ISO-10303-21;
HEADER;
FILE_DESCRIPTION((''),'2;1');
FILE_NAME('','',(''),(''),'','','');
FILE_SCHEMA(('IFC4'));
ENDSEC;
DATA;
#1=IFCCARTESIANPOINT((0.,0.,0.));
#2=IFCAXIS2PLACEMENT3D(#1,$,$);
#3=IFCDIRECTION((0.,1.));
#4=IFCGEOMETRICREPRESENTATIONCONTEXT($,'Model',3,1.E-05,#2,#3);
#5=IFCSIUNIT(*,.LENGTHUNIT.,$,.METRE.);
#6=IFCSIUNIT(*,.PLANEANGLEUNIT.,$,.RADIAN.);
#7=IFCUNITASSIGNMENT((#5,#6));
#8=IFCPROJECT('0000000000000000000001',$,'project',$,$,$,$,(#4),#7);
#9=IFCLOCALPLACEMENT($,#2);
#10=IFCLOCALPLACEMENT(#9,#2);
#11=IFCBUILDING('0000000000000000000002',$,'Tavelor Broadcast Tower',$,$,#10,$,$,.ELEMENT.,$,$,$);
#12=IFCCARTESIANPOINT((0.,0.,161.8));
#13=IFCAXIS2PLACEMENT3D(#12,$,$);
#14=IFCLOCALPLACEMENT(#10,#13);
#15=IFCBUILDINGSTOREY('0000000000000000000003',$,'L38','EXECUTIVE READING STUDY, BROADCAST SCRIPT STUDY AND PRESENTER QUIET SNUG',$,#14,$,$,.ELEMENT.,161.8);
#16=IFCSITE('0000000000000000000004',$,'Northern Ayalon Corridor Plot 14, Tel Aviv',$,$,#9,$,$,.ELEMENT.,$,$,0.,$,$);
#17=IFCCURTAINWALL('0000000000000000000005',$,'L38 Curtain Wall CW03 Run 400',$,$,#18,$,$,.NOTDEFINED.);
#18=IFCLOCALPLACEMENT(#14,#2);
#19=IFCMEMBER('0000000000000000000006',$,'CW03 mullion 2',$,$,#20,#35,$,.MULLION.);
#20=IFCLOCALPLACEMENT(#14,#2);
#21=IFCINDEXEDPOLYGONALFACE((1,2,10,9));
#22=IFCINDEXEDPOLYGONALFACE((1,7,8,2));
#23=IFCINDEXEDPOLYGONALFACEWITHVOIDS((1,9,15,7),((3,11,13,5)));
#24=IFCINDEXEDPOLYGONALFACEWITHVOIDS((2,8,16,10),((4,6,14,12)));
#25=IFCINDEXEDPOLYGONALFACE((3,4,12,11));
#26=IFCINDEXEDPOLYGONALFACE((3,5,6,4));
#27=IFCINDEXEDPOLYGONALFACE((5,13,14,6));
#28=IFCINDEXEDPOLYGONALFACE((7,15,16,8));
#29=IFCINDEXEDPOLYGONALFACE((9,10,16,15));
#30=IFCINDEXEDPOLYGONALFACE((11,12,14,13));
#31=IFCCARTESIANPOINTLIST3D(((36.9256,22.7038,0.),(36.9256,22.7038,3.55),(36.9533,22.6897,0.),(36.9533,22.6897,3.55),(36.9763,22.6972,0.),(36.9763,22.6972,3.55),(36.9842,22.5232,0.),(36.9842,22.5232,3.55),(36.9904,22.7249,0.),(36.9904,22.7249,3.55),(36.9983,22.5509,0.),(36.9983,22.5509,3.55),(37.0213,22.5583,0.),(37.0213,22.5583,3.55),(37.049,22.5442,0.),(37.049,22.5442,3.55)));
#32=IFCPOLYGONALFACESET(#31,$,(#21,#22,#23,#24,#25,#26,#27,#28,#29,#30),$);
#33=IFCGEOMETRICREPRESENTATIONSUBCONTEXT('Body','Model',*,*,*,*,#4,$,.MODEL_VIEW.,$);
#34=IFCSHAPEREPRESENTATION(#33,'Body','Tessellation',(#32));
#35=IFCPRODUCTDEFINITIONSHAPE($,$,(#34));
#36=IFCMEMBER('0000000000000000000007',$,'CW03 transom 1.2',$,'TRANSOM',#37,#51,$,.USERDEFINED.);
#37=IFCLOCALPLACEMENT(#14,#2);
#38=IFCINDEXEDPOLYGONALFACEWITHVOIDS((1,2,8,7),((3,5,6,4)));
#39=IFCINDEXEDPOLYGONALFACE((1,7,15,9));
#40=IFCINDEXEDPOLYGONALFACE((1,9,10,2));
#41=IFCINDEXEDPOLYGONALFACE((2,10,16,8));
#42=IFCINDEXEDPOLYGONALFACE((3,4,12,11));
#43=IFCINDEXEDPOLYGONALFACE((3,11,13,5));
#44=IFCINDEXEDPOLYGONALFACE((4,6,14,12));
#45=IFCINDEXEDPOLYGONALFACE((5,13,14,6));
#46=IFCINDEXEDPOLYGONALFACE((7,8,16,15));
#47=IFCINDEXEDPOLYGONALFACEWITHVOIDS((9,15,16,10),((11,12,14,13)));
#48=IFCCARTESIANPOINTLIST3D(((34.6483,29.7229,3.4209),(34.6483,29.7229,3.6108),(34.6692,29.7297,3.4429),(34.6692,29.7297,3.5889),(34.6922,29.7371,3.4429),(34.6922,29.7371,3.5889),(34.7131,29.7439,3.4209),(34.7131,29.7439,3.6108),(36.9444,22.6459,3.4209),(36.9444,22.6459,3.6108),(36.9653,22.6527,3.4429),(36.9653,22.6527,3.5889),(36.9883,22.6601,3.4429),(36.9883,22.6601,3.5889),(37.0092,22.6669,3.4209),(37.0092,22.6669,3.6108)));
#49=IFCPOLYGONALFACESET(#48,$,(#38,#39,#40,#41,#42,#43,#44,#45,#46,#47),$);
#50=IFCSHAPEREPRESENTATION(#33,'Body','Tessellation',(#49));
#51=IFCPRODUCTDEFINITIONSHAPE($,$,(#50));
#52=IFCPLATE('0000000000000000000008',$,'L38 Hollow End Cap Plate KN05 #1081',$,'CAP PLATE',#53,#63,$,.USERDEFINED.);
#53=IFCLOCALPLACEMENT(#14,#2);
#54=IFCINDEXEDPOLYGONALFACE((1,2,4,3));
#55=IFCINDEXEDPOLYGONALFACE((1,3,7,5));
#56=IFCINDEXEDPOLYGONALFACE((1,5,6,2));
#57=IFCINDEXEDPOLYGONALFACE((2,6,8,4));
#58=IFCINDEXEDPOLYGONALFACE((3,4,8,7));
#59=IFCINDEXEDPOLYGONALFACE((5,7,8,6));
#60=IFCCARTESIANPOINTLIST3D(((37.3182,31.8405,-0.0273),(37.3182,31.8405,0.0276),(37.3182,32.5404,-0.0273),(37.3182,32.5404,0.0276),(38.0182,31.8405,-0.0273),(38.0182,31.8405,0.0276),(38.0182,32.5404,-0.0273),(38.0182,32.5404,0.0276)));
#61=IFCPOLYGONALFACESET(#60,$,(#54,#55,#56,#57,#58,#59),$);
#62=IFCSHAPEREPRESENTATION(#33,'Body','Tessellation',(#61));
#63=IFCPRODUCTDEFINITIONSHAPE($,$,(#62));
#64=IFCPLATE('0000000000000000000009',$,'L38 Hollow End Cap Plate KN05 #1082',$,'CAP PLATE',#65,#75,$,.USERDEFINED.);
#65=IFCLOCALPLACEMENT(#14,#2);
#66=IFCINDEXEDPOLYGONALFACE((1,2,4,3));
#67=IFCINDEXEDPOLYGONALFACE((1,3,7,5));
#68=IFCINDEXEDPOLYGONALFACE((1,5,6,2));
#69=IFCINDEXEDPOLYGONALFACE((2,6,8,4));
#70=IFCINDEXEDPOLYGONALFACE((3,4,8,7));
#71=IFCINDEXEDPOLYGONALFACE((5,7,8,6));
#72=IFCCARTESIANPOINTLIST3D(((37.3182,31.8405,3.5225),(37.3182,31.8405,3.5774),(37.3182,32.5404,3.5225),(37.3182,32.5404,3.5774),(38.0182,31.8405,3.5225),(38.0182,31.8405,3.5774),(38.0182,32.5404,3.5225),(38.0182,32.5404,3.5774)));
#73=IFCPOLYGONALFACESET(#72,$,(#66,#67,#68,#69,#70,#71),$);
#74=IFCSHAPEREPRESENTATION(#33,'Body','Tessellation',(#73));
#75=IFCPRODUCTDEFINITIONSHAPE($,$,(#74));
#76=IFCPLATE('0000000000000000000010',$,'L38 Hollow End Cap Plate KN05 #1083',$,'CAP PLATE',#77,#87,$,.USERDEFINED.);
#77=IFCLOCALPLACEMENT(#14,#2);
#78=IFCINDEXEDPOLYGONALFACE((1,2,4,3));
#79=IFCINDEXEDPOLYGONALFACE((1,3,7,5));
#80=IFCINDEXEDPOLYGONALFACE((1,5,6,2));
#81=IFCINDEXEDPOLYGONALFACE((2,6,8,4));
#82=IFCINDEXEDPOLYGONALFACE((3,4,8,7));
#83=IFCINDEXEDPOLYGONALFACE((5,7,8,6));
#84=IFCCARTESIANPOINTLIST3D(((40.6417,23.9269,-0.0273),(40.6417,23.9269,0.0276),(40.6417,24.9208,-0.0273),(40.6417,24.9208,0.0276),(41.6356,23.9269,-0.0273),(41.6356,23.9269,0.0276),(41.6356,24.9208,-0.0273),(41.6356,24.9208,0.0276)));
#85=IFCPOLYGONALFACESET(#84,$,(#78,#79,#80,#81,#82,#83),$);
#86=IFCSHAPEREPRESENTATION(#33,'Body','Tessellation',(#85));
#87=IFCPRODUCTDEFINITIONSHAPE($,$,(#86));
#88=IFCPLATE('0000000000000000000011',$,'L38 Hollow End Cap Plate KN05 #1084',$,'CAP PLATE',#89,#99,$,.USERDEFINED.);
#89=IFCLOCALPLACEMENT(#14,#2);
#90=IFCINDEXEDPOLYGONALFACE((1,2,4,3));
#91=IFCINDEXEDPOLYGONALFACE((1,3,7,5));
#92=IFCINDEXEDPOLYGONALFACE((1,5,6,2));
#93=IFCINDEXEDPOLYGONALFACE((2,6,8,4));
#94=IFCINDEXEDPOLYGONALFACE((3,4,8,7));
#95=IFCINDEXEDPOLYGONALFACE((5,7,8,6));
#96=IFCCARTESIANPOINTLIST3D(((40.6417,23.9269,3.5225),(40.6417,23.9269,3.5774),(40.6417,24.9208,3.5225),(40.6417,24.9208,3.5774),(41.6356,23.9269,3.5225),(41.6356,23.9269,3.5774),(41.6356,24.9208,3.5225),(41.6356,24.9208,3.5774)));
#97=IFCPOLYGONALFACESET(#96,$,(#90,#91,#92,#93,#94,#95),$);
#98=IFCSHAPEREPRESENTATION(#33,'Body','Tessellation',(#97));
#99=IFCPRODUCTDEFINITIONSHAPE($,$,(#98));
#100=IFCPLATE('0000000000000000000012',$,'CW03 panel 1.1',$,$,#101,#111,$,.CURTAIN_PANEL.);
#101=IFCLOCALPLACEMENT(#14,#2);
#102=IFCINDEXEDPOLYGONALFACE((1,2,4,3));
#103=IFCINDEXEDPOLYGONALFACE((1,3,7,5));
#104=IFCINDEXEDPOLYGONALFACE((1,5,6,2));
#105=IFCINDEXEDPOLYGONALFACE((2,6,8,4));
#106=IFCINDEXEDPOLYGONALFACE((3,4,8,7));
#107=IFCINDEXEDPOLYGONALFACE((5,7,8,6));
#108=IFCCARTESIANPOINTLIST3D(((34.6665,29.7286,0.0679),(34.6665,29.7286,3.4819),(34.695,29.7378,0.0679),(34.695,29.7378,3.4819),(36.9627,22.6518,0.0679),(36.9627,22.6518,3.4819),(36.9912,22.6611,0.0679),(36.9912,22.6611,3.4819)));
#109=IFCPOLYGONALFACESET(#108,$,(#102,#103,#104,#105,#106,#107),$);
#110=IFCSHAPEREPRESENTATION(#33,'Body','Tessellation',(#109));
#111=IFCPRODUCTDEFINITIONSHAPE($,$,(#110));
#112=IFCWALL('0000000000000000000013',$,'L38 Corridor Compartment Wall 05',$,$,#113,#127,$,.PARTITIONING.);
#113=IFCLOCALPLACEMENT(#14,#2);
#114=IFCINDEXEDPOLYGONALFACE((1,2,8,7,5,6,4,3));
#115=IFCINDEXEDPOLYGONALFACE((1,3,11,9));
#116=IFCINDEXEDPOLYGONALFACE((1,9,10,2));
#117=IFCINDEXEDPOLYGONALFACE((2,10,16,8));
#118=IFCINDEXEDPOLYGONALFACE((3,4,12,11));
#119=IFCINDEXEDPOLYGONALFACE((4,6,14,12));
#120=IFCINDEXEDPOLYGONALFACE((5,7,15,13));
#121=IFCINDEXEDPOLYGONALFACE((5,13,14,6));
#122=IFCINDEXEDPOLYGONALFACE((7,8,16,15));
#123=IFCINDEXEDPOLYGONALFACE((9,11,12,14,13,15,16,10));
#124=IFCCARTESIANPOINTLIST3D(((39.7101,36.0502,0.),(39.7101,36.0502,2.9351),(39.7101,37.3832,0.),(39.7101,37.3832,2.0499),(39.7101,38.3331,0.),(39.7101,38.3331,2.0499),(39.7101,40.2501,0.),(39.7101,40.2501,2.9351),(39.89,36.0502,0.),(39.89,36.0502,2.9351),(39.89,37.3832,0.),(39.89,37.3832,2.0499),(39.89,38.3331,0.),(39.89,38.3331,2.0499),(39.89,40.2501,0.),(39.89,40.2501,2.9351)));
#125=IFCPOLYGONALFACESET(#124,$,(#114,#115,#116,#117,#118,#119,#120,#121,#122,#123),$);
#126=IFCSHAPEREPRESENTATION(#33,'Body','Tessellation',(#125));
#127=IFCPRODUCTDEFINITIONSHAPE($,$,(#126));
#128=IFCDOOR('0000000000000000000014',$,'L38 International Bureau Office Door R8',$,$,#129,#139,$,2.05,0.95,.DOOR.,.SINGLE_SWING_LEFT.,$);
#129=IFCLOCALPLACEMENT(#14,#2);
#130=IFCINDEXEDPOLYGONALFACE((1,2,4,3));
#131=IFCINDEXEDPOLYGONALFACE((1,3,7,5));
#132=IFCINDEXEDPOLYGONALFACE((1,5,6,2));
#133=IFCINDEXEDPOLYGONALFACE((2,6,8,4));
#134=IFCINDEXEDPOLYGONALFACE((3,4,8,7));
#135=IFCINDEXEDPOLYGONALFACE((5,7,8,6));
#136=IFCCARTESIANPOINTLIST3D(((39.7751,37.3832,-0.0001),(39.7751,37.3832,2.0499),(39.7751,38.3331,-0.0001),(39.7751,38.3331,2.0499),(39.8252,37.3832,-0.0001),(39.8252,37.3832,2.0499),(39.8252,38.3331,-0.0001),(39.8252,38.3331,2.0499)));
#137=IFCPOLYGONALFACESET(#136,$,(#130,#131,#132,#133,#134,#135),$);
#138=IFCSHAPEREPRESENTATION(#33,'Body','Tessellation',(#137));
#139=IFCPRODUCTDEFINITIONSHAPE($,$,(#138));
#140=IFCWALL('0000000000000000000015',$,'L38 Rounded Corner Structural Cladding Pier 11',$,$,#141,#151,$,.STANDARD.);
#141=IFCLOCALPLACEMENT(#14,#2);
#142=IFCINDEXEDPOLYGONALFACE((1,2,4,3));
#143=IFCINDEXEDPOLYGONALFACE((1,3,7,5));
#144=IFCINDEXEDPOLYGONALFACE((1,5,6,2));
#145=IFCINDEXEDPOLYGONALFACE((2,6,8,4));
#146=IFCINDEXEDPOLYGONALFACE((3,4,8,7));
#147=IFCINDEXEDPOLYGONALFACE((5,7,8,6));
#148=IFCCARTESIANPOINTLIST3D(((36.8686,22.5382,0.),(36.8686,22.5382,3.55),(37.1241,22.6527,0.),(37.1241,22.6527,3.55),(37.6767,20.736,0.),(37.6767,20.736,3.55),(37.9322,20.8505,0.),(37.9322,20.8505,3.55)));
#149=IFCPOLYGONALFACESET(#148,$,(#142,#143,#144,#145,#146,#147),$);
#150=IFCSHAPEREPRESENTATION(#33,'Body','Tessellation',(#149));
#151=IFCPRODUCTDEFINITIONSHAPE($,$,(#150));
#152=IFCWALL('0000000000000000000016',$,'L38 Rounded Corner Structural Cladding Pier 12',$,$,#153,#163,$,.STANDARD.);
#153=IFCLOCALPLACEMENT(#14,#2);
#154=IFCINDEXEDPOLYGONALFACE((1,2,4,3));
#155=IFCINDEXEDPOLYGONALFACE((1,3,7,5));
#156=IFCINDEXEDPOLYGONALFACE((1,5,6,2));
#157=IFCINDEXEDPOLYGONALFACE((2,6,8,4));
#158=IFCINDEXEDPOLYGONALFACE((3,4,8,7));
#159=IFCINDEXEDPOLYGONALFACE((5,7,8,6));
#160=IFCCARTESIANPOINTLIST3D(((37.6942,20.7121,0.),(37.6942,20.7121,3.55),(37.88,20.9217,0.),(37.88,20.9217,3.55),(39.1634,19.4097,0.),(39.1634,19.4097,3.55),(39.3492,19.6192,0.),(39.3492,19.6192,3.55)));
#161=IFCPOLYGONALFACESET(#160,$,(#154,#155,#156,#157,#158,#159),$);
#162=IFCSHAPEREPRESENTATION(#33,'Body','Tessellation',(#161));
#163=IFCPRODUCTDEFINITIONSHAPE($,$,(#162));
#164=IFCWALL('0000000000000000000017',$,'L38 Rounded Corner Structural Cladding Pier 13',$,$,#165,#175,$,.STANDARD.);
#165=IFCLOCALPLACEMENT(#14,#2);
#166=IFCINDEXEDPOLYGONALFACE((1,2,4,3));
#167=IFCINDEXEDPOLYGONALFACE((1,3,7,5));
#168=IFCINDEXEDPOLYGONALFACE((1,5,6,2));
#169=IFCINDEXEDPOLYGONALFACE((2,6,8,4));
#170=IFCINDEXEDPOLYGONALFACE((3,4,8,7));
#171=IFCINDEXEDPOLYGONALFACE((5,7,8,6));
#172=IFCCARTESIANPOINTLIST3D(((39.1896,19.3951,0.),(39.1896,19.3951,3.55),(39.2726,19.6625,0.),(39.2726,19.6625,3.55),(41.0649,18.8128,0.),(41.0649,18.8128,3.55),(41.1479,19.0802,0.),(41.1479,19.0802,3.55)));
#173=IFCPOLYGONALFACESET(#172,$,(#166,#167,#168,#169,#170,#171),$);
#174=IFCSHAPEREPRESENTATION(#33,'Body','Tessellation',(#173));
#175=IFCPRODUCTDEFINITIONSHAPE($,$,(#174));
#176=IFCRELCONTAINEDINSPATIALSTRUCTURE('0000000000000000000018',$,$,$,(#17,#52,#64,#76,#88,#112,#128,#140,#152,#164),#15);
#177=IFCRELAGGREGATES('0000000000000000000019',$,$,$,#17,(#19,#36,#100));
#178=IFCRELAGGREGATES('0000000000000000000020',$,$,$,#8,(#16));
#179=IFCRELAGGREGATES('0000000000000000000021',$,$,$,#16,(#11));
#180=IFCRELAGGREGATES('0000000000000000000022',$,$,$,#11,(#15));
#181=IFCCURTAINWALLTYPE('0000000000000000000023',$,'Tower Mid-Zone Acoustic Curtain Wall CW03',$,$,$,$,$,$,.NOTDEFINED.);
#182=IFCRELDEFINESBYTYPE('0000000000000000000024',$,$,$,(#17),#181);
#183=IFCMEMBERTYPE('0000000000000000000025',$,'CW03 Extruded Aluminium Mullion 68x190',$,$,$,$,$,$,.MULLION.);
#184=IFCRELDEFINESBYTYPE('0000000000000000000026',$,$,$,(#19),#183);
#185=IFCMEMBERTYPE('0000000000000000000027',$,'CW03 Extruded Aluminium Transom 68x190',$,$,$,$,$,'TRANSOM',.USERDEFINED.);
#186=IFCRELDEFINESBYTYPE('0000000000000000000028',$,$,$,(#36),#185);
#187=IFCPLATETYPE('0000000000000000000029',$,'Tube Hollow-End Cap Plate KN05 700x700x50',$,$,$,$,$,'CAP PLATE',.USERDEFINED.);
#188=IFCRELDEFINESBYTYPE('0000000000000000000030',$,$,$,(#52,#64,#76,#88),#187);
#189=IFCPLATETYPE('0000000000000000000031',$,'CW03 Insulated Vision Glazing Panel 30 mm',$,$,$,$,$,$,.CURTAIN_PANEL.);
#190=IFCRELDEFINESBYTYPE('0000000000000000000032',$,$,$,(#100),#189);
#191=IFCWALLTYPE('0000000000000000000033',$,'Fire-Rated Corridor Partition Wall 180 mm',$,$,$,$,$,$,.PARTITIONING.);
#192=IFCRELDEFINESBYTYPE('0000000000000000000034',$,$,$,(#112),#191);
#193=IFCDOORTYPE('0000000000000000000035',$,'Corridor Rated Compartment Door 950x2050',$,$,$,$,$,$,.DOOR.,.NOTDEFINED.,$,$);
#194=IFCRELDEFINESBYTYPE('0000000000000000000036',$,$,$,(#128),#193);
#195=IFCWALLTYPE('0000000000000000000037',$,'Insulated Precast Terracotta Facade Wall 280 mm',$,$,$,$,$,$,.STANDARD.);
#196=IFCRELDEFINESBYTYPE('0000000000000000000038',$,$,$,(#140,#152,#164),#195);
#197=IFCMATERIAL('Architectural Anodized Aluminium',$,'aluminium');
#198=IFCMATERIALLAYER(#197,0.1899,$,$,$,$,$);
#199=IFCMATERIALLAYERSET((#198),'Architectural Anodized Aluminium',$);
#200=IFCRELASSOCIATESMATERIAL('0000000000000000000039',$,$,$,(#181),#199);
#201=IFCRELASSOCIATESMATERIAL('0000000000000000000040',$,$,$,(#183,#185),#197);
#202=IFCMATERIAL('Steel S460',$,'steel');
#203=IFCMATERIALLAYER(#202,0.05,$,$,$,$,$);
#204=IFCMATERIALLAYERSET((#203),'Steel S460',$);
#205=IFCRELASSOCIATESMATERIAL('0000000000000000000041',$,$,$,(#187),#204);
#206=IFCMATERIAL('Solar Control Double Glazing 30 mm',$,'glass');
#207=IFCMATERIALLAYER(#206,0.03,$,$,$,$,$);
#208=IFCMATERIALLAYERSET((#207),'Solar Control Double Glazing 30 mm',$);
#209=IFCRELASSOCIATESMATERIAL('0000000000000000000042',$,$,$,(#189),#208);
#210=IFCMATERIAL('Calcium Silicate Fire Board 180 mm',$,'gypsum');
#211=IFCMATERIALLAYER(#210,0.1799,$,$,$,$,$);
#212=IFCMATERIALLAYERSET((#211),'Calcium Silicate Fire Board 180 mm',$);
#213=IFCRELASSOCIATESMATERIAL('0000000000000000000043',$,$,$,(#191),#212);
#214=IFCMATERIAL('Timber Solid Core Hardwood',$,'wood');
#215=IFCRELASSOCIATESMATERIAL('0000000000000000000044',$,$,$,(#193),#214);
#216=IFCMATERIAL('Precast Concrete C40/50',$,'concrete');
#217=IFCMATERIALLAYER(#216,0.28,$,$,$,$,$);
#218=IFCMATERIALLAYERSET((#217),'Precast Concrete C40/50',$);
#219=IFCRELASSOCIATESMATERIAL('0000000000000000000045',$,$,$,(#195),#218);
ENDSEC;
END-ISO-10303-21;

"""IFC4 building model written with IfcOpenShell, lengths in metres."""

from ifc_helpers import new_model, si_unit, direction, frame, frame_2d, origin, origin_2d, place, context, subcontext, project, spatial, rectangle, hollow_rectangle, extrude, source, transform, mapped, material, layer, layer_set, material_profile, profile_set, type_object, type_shapes, element, fill, aggregate, save


model = new_model("IFC4")

# Units and contexts
model_context = context("Model", 3, precision=1e-05, world=origin(), true_north=direction((0.0, 1.0)))
body_context = subcontext(model_context, "Body", "Model", "MODEL_VIEW")
ifc_project = project(units=[si_unit("LENGTHUNIT", "METRE"), si_unit("PLANEANGLEUNIT", "RADIAN")], contexts=[model_context])

# Site, building, storey
site_placement = place(None, origin())
site = spatial("IfcSite", under=ifc_project, at=site_placement, Name="Northern Ayalon Corridor Plot 14, Tel Aviv", CompositionType="ELEMENT", RefElevation=0.0)
building_placement = place(site_placement, origin())
building = spatial("IfcBuilding", under=site, at=building_placement, Name="Tavelor Broadcast Tower", CompositionType="ELEMENT")
storey_placement = place(building_placement, frame((0.0, 0.0, 161.8)))
storey = spatial("IfcBuildingStorey", under=building, at=storey_placement, Name="L38", Description="EXECUTIVE READING STUDY, BROADCAST SCRIPT STUDY AND PRESENTER QUIET SNUG", CompositionType="ELEMENT", Elevation=161.8)

# Shared definitions
ifc_material_1 = material(Name="Steel S460", Category="steel")

# Curtain wall, members
ifc_material_2 = material(Name="Architectural Anodized Aluminium", Category="aluminium")
ifc_layer_1 = layer(ifc_material_2, 0.1899)
ifc_layer_set_1 = layer_set([ifc_layer_1], Name="Architectural Anodized Aluminium")
curtain_wall_type = type_object("IfcCurtainWallType", Name="Tower Mid-Zone Acoustic Curtain Wall CW03", PredefinedType="NOTDEFINED", material=ifc_layer_set_1)
curtain_wall_placement = place(storey_placement, origin())
curtain_wall = element("IfcCurtainWall", 1, at=curtain_wall_placement, inside=storey, type_object=curtain_wall_type, Name="L38 Curtain Wall CW03 Run 400", PredefinedType="NOTDEFINED")
ifc_material_profile_1 = material_profile(ifc_material_2, hollow_rectangle(XDim=0.0681, YDim=0.1899, WallThickness=0.022, at=origin_2d()), Name="RHS 68x190x22")
ifc_profile_set_1 = profile_set([ifc_material_profile_1], Name="Architectural Anodized Aluminium")
member_type_1 = type_object("IfcMemberType", Name="CW03 Extruded Aluminium Mullion 68x190", PredefinedType="MULLION", material=ifc_profile_set_1)
shared_shape_1 = source(origin(), body_context, "Body", "SweptSolid", [
    extrude(hollow_rectangle(XDim=0.0681, YDim=0.1899, WallThickness=0.022, at=origin_2d()), origin(), (0.0, 0.0, 1.0), 3.55),
])
type_shapes(member_type_1, [shared_shape_1])
member_1_placement = place(storey_placement, frame((36.9873, 22.624, 0.0), z_axis=(0.0, 0.0, 1.0), x_axis=(0.951182, 0.308631, 0.0)))
member_1 = element("IfcMember", 2, at=member_1_placement, type_object=member_type_1, Name="CW03 mullion 2", PredefinedType="MULLION", context=body_context, shape_type="MappedRepresentation", body=[
    mapped(shared_shape_1, transform((0.0, 0.0, 0.0), scale=1.0)),
])
ifc_material_profile_2 = material_profile(ifc_material_2, hollow_rectangle(XDim=0.0681, YDim=0.1899, WallThickness=0.022, at=origin_2d()), Name="RHS 68x190x22")
ifc_profile_set_2 = profile_set([ifc_material_profile_2], Name="Architectural Anodized Aluminium")
member_type_2 = type_object("IfcMemberType", Name="CW03 Extruded Aluminium Transom 68x190", ElementType="TRANSOM", PredefinedType="USERDEFINED", material=ifc_profile_set_2)
shared_shape_2 = source(origin(), body_context, "Body", "SweptSolid", [
    extrude(hollow_rectangle(XDim=0.0681, YDim=0.1899, WallThickness=0.022, at=origin_2d()), origin(), (0.0, 0.0, 1.0), 7.4402),
])
type_shapes(member_type_2, [shared_shape_2])
member_2_placement = place(storey_placement, frame((34.6807, 29.7334, 3.5159), z_axis=(0.308618, -0.951186, 0.0), x_axis=(0.951186, 0.308618, 0.0)))
member_2 = element("IfcMember", 3, at=member_2_placement, type_object=member_type_2, Name="CW03 transom 1.2", ObjectType="TRANSOM", PredefinedType="USERDEFINED", context=body_context, shape_type="MappedRepresentation", body=[
    mapped(shared_shape_2, transform((0.0, 0.0, 0.0), scale=1.0)),
])

# Plates
ifc_layer_2 = layer(ifc_material_1, 0.05)
ifc_layer_set_2 = layer_set([ifc_layer_2], Name="Steel S460")
plate_type_1 = type_object("IfcPlateType", Name="Tube Hollow-End Cap Plate KN05 700x700x50", ElementType="CAP PLATE", PredefinedType="USERDEFINED", material=ifc_layer_set_2)
shared_shape_3 = source(origin(), body_context, "Body", "SweptSolid", [
    extrude(rectangle(XDim=0.7, YDim=0.7, at=origin_2d()), origin(), (0.0, 0.0, 1.0), 0.0549),
])
for number, where, z_axis, x_axis, name in (
    (4, (37.6682, 32.1904, -0.0273), (0.0, 0.0, 1.0), (1.0, 0.0, 0.0), "L38 Hollow End Cap Plate KN05 #1081"),
    (5, (37.6682, 32.1904, 3.5225), (0.0, 0.0, 1.0), (1.0, 0.0, 0.0), "L38 Hollow End Cap Plate KN05 #1082"),
):
    element("IfcPlate", number, at=place(storey_placement, frame(where, z_axis=z_axis, x_axis=x_axis)), inside=storey, type_object=plate_type_1, Name=name, ObjectType="CAP PLATE", PredefinedType="USERDEFINED", context=body_context, shape_type="MappedRepresentation", body=[
        mapped(shared_shape_3, transform((0.0, 0.0, 0.0), scale=1.0)),
    ])
shared_shape_4 = source(origin(), body_context, "Body", "SweptSolid", [
    extrude(rectangle(XDim=0.9939, YDim=0.9939, at=origin_2d()), origin(), (0.0, 0.0, 1.0), 0.0549),
])
type_shapes(plate_type_1, [shared_shape_3, shared_shape_4])
for number, where, z_axis, x_axis, name in (
    (6, (41.1387, 24.4238, -0.0273), (0.0, 0.0, 1.0), (1.0, 0.0, 0.0), "L38 Hollow End Cap Plate KN05 #1083"),
    (7, (41.1387, 24.4238, 3.5225), (0.0, 0.0, 1.0), (1.0, 0.0, 0.0), "L38 Hollow End Cap Plate KN05 #1084"),
):
    element("IfcPlate", number, at=place(storey_placement, frame(where, z_axis=z_axis, x_axis=x_axis)), inside=storey, type_object=plate_type_1, Name=name, ObjectType="CAP PLATE", PredefinedType="USERDEFINED", context=body_context, shape_type="MappedRepresentation", body=[
        mapped(shared_shape_4, transform((0.0, 0.0, 0.0), scale=1.0)),
    ])

# Plate
ifc_material_3 = material(Name="Solar Control Double Glazing 30 mm", Category="glass")
ifc_layer_3 = layer(ifc_material_3, 0.03)
ifc_layer_set_3 = layer_set([ifc_layer_3], Name="Solar Control Double Glazing 30 mm")
plate_type_2 = type_object("IfcPlateType", Name="CW03 Insulated Vision Glazing Panel 30 mm", PredefinedType="CURTAIN_PANEL", material=ifc_layer_set_3)
shared_shape_5 = source(origin(), body_context, "Body", "SweptSolid", [
    extrude(rectangle(XDim=7.4399, YDim=0.03, at=origin_2d()), origin(), (0.0, 0.0, 1.0), 3.4141),
])
type_shapes(plate_type_2, [shared_shape_5])
plate_placement = place(storey_placement, frame((35.8289, 26.1948, 0.0679), z_axis=(0.0, 0.0, 1.0), x_axis=(0.308631, -0.951182, 0.0)))
plate = element("IfcPlate", 8, at=plate_placement, type_object=plate_type_2, Name="CW03 panel 1.1", PredefinedType="CURTAIN_PANEL", context=body_context, shape_type="MappedRepresentation", body=[
    mapped(shared_shape_5, transform((0.0, 0.0, 0.0), scale=1.0)),
])
aggregate(curtain_wall, [member_1, member_2, plate])

# Wall, opening, door
ifc_material_4 = material(Name="Calcium Silicate Fire Board 180 mm", Category="gypsum")
ifc_layer_4 = layer(ifc_material_4, 0.1799)
ifc_layer_set_4 = layer_set([ifc_layer_4], Name="Calcium Silicate Fire Board 180 mm")
wall_type_1 = type_object("IfcWallType", Name="Fire-Rated Corridor Partition Wall 180 mm", PredefinedType="PARTITIONING", material=ifc_layer_set_4)
wall_1_placement = place(storey_placement, frame((39.8, 36.05, 0.0), z_axis=(0.0, 0.0, 1.0), x_axis=(0.0, 1.0, 0.0)))
wall_1 = element("IfcWall", 9, at=wall_1_placement, inside=storey, type_object=wall_type_1, Name="L38 Corridor Compartment Wall 05", PredefinedType="PARTITIONING", context=body_context, shape_type="SweptSolid", body=[
    extrude(rectangle(XDim=4.2, YDim=0.1799, at=frame_2d((2.1001, 0.0))), origin(), (0.0, 0.0, 1.0), 2.9351),
])
opening_placement = place(wall_1_placement, frame((1.333, 0.0, 0.0)))
opening = element("IfcOpeningElement", 10, at=opening_placement, cuts=wall_1, PredefinedType="OPENING", context=body_context, shape_type="SweptSolid", body=[
    extrude(rectangle(XDim=0.95, YDim=2.05, at=frame_2d((0.4751, 1.0249))), frame((0.0, 0.1001, 0.0), z_axis=(0.0, -1.0, 0.0), x_axis=(1.0, 0.0, 0.0)), (0.0, 0.0, 1.0), 0.2),
])
ifc_material_5 = material(Name="Timber Solid Core Hardwood", Category="wood")
door_type = type_object("IfcDoorType", Name="Corridor Rated Compartment Door 950x2050", OperationType="NOTDEFINED", PredefinedType="DOOR", material=ifc_material_5)
door_placement = place(opening_placement, origin())
door = element("IfcDoor", 11, at=door_placement, inside=storey, type_object=door_type, Name="L38 International Bureau Office Door R8", OperationType="SINGLE_SWING_LEFT", OverallHeight=2.05, OverallWidth=0.95, PredefinedType="DOOR", context=body_context, shape_type="SweptSolid", body=[
    extrude(rectangle(XDim=0.95, YDim=2.05, at=frame_2d((0.4751, 1.0249))), frame((0.0, 0.0249, 0.0), z_axis=(0.0, -1.0, 0.0), x_axis=(1.0, 0.0, 0.0)), (0.0, 0.0, 1.0), 0.05),
])
fill(opening, door)

# Walls
ifc_material_6 = material(Name="Precast Concrete C40/50", Category="concrete")
ifc_layer_5 = layer(ifc_material_6, 0.28)
ifc_layer_set_5 = layer_set([ifc_layer_5], Name="Precast Concrete C40/50")
wall_type_2 = type_object("IfcWallType", Name="Insulated Precast Terracotta Facade Wall 280 mm", PredefinedType="STANDARD", material=ifc_layer_set_5)
wall_2_placement = place(storey_placement, frame((36.9963, 22.5955, 0.0), z_axis=(0.0, 0.0, 1.0), x_axis=(0.409141, -0.912471, 0.0)))
element("IfcWall", 12, at=wall_2_placement, inside=storey, type_object=wall_type_2, Name="L38 Rounded Corner Structural Cladding Pier 11", PredefinedType="STANDARD", context=body_context, shape_type="SweptSolid", body=[
    extrude(rectangle(XDim=1.9751, YDim=0.28, at=frame_2d((0.9875, 0.0))), origin(), (0.0, 0.0, 1.0), 3.55),
])
wall_3_placement = place(storey_placement, frame((37.7871, 20.8169, 0.0), z_axis=(0.0, 0.0, 1.0), x_axis=(0.748294, -0.663368, 0.0)))
element("IfcWall", 13, at=wall_3_placement, inside=storey, type_object=wall_type_2, Name="L38 Rounded Corner Structural Cladding Pier 12", PredefinedType="STANDARD", context=body_context, shape_type="SweptSolid", body=[
    extrude(rectangle(XDim=1.9634, YDim=0.28, at=frame_2d((0.9817, 0.0))), origin(), (0.0, 0.0, 1.0), 3.55),
])
wall_4_placement = place(storey_placement, frame((39.231, 19.5288, 0.0), z_axis=(0.0, 0.0, 1.0), x_axis=(0.95502, -0.29654, 0.0)))
element("IfcWall", 14, at=wall_4_placement, inside=storey, type_object=wall_type_2, Name="L38 Rounded Corner Structural Cladding Pier 13", PredefinedType="STANDARD", context=body_context, shape_type="SweptSolid", body=[
    extrude(rectangle(XDim=1.9636, YDim=0.28, at=frame_2d((0.9819, 0.0))), origin(), (0.0, 0.0, 1.0), 3.55),
])

save(model, "model.ifc")
